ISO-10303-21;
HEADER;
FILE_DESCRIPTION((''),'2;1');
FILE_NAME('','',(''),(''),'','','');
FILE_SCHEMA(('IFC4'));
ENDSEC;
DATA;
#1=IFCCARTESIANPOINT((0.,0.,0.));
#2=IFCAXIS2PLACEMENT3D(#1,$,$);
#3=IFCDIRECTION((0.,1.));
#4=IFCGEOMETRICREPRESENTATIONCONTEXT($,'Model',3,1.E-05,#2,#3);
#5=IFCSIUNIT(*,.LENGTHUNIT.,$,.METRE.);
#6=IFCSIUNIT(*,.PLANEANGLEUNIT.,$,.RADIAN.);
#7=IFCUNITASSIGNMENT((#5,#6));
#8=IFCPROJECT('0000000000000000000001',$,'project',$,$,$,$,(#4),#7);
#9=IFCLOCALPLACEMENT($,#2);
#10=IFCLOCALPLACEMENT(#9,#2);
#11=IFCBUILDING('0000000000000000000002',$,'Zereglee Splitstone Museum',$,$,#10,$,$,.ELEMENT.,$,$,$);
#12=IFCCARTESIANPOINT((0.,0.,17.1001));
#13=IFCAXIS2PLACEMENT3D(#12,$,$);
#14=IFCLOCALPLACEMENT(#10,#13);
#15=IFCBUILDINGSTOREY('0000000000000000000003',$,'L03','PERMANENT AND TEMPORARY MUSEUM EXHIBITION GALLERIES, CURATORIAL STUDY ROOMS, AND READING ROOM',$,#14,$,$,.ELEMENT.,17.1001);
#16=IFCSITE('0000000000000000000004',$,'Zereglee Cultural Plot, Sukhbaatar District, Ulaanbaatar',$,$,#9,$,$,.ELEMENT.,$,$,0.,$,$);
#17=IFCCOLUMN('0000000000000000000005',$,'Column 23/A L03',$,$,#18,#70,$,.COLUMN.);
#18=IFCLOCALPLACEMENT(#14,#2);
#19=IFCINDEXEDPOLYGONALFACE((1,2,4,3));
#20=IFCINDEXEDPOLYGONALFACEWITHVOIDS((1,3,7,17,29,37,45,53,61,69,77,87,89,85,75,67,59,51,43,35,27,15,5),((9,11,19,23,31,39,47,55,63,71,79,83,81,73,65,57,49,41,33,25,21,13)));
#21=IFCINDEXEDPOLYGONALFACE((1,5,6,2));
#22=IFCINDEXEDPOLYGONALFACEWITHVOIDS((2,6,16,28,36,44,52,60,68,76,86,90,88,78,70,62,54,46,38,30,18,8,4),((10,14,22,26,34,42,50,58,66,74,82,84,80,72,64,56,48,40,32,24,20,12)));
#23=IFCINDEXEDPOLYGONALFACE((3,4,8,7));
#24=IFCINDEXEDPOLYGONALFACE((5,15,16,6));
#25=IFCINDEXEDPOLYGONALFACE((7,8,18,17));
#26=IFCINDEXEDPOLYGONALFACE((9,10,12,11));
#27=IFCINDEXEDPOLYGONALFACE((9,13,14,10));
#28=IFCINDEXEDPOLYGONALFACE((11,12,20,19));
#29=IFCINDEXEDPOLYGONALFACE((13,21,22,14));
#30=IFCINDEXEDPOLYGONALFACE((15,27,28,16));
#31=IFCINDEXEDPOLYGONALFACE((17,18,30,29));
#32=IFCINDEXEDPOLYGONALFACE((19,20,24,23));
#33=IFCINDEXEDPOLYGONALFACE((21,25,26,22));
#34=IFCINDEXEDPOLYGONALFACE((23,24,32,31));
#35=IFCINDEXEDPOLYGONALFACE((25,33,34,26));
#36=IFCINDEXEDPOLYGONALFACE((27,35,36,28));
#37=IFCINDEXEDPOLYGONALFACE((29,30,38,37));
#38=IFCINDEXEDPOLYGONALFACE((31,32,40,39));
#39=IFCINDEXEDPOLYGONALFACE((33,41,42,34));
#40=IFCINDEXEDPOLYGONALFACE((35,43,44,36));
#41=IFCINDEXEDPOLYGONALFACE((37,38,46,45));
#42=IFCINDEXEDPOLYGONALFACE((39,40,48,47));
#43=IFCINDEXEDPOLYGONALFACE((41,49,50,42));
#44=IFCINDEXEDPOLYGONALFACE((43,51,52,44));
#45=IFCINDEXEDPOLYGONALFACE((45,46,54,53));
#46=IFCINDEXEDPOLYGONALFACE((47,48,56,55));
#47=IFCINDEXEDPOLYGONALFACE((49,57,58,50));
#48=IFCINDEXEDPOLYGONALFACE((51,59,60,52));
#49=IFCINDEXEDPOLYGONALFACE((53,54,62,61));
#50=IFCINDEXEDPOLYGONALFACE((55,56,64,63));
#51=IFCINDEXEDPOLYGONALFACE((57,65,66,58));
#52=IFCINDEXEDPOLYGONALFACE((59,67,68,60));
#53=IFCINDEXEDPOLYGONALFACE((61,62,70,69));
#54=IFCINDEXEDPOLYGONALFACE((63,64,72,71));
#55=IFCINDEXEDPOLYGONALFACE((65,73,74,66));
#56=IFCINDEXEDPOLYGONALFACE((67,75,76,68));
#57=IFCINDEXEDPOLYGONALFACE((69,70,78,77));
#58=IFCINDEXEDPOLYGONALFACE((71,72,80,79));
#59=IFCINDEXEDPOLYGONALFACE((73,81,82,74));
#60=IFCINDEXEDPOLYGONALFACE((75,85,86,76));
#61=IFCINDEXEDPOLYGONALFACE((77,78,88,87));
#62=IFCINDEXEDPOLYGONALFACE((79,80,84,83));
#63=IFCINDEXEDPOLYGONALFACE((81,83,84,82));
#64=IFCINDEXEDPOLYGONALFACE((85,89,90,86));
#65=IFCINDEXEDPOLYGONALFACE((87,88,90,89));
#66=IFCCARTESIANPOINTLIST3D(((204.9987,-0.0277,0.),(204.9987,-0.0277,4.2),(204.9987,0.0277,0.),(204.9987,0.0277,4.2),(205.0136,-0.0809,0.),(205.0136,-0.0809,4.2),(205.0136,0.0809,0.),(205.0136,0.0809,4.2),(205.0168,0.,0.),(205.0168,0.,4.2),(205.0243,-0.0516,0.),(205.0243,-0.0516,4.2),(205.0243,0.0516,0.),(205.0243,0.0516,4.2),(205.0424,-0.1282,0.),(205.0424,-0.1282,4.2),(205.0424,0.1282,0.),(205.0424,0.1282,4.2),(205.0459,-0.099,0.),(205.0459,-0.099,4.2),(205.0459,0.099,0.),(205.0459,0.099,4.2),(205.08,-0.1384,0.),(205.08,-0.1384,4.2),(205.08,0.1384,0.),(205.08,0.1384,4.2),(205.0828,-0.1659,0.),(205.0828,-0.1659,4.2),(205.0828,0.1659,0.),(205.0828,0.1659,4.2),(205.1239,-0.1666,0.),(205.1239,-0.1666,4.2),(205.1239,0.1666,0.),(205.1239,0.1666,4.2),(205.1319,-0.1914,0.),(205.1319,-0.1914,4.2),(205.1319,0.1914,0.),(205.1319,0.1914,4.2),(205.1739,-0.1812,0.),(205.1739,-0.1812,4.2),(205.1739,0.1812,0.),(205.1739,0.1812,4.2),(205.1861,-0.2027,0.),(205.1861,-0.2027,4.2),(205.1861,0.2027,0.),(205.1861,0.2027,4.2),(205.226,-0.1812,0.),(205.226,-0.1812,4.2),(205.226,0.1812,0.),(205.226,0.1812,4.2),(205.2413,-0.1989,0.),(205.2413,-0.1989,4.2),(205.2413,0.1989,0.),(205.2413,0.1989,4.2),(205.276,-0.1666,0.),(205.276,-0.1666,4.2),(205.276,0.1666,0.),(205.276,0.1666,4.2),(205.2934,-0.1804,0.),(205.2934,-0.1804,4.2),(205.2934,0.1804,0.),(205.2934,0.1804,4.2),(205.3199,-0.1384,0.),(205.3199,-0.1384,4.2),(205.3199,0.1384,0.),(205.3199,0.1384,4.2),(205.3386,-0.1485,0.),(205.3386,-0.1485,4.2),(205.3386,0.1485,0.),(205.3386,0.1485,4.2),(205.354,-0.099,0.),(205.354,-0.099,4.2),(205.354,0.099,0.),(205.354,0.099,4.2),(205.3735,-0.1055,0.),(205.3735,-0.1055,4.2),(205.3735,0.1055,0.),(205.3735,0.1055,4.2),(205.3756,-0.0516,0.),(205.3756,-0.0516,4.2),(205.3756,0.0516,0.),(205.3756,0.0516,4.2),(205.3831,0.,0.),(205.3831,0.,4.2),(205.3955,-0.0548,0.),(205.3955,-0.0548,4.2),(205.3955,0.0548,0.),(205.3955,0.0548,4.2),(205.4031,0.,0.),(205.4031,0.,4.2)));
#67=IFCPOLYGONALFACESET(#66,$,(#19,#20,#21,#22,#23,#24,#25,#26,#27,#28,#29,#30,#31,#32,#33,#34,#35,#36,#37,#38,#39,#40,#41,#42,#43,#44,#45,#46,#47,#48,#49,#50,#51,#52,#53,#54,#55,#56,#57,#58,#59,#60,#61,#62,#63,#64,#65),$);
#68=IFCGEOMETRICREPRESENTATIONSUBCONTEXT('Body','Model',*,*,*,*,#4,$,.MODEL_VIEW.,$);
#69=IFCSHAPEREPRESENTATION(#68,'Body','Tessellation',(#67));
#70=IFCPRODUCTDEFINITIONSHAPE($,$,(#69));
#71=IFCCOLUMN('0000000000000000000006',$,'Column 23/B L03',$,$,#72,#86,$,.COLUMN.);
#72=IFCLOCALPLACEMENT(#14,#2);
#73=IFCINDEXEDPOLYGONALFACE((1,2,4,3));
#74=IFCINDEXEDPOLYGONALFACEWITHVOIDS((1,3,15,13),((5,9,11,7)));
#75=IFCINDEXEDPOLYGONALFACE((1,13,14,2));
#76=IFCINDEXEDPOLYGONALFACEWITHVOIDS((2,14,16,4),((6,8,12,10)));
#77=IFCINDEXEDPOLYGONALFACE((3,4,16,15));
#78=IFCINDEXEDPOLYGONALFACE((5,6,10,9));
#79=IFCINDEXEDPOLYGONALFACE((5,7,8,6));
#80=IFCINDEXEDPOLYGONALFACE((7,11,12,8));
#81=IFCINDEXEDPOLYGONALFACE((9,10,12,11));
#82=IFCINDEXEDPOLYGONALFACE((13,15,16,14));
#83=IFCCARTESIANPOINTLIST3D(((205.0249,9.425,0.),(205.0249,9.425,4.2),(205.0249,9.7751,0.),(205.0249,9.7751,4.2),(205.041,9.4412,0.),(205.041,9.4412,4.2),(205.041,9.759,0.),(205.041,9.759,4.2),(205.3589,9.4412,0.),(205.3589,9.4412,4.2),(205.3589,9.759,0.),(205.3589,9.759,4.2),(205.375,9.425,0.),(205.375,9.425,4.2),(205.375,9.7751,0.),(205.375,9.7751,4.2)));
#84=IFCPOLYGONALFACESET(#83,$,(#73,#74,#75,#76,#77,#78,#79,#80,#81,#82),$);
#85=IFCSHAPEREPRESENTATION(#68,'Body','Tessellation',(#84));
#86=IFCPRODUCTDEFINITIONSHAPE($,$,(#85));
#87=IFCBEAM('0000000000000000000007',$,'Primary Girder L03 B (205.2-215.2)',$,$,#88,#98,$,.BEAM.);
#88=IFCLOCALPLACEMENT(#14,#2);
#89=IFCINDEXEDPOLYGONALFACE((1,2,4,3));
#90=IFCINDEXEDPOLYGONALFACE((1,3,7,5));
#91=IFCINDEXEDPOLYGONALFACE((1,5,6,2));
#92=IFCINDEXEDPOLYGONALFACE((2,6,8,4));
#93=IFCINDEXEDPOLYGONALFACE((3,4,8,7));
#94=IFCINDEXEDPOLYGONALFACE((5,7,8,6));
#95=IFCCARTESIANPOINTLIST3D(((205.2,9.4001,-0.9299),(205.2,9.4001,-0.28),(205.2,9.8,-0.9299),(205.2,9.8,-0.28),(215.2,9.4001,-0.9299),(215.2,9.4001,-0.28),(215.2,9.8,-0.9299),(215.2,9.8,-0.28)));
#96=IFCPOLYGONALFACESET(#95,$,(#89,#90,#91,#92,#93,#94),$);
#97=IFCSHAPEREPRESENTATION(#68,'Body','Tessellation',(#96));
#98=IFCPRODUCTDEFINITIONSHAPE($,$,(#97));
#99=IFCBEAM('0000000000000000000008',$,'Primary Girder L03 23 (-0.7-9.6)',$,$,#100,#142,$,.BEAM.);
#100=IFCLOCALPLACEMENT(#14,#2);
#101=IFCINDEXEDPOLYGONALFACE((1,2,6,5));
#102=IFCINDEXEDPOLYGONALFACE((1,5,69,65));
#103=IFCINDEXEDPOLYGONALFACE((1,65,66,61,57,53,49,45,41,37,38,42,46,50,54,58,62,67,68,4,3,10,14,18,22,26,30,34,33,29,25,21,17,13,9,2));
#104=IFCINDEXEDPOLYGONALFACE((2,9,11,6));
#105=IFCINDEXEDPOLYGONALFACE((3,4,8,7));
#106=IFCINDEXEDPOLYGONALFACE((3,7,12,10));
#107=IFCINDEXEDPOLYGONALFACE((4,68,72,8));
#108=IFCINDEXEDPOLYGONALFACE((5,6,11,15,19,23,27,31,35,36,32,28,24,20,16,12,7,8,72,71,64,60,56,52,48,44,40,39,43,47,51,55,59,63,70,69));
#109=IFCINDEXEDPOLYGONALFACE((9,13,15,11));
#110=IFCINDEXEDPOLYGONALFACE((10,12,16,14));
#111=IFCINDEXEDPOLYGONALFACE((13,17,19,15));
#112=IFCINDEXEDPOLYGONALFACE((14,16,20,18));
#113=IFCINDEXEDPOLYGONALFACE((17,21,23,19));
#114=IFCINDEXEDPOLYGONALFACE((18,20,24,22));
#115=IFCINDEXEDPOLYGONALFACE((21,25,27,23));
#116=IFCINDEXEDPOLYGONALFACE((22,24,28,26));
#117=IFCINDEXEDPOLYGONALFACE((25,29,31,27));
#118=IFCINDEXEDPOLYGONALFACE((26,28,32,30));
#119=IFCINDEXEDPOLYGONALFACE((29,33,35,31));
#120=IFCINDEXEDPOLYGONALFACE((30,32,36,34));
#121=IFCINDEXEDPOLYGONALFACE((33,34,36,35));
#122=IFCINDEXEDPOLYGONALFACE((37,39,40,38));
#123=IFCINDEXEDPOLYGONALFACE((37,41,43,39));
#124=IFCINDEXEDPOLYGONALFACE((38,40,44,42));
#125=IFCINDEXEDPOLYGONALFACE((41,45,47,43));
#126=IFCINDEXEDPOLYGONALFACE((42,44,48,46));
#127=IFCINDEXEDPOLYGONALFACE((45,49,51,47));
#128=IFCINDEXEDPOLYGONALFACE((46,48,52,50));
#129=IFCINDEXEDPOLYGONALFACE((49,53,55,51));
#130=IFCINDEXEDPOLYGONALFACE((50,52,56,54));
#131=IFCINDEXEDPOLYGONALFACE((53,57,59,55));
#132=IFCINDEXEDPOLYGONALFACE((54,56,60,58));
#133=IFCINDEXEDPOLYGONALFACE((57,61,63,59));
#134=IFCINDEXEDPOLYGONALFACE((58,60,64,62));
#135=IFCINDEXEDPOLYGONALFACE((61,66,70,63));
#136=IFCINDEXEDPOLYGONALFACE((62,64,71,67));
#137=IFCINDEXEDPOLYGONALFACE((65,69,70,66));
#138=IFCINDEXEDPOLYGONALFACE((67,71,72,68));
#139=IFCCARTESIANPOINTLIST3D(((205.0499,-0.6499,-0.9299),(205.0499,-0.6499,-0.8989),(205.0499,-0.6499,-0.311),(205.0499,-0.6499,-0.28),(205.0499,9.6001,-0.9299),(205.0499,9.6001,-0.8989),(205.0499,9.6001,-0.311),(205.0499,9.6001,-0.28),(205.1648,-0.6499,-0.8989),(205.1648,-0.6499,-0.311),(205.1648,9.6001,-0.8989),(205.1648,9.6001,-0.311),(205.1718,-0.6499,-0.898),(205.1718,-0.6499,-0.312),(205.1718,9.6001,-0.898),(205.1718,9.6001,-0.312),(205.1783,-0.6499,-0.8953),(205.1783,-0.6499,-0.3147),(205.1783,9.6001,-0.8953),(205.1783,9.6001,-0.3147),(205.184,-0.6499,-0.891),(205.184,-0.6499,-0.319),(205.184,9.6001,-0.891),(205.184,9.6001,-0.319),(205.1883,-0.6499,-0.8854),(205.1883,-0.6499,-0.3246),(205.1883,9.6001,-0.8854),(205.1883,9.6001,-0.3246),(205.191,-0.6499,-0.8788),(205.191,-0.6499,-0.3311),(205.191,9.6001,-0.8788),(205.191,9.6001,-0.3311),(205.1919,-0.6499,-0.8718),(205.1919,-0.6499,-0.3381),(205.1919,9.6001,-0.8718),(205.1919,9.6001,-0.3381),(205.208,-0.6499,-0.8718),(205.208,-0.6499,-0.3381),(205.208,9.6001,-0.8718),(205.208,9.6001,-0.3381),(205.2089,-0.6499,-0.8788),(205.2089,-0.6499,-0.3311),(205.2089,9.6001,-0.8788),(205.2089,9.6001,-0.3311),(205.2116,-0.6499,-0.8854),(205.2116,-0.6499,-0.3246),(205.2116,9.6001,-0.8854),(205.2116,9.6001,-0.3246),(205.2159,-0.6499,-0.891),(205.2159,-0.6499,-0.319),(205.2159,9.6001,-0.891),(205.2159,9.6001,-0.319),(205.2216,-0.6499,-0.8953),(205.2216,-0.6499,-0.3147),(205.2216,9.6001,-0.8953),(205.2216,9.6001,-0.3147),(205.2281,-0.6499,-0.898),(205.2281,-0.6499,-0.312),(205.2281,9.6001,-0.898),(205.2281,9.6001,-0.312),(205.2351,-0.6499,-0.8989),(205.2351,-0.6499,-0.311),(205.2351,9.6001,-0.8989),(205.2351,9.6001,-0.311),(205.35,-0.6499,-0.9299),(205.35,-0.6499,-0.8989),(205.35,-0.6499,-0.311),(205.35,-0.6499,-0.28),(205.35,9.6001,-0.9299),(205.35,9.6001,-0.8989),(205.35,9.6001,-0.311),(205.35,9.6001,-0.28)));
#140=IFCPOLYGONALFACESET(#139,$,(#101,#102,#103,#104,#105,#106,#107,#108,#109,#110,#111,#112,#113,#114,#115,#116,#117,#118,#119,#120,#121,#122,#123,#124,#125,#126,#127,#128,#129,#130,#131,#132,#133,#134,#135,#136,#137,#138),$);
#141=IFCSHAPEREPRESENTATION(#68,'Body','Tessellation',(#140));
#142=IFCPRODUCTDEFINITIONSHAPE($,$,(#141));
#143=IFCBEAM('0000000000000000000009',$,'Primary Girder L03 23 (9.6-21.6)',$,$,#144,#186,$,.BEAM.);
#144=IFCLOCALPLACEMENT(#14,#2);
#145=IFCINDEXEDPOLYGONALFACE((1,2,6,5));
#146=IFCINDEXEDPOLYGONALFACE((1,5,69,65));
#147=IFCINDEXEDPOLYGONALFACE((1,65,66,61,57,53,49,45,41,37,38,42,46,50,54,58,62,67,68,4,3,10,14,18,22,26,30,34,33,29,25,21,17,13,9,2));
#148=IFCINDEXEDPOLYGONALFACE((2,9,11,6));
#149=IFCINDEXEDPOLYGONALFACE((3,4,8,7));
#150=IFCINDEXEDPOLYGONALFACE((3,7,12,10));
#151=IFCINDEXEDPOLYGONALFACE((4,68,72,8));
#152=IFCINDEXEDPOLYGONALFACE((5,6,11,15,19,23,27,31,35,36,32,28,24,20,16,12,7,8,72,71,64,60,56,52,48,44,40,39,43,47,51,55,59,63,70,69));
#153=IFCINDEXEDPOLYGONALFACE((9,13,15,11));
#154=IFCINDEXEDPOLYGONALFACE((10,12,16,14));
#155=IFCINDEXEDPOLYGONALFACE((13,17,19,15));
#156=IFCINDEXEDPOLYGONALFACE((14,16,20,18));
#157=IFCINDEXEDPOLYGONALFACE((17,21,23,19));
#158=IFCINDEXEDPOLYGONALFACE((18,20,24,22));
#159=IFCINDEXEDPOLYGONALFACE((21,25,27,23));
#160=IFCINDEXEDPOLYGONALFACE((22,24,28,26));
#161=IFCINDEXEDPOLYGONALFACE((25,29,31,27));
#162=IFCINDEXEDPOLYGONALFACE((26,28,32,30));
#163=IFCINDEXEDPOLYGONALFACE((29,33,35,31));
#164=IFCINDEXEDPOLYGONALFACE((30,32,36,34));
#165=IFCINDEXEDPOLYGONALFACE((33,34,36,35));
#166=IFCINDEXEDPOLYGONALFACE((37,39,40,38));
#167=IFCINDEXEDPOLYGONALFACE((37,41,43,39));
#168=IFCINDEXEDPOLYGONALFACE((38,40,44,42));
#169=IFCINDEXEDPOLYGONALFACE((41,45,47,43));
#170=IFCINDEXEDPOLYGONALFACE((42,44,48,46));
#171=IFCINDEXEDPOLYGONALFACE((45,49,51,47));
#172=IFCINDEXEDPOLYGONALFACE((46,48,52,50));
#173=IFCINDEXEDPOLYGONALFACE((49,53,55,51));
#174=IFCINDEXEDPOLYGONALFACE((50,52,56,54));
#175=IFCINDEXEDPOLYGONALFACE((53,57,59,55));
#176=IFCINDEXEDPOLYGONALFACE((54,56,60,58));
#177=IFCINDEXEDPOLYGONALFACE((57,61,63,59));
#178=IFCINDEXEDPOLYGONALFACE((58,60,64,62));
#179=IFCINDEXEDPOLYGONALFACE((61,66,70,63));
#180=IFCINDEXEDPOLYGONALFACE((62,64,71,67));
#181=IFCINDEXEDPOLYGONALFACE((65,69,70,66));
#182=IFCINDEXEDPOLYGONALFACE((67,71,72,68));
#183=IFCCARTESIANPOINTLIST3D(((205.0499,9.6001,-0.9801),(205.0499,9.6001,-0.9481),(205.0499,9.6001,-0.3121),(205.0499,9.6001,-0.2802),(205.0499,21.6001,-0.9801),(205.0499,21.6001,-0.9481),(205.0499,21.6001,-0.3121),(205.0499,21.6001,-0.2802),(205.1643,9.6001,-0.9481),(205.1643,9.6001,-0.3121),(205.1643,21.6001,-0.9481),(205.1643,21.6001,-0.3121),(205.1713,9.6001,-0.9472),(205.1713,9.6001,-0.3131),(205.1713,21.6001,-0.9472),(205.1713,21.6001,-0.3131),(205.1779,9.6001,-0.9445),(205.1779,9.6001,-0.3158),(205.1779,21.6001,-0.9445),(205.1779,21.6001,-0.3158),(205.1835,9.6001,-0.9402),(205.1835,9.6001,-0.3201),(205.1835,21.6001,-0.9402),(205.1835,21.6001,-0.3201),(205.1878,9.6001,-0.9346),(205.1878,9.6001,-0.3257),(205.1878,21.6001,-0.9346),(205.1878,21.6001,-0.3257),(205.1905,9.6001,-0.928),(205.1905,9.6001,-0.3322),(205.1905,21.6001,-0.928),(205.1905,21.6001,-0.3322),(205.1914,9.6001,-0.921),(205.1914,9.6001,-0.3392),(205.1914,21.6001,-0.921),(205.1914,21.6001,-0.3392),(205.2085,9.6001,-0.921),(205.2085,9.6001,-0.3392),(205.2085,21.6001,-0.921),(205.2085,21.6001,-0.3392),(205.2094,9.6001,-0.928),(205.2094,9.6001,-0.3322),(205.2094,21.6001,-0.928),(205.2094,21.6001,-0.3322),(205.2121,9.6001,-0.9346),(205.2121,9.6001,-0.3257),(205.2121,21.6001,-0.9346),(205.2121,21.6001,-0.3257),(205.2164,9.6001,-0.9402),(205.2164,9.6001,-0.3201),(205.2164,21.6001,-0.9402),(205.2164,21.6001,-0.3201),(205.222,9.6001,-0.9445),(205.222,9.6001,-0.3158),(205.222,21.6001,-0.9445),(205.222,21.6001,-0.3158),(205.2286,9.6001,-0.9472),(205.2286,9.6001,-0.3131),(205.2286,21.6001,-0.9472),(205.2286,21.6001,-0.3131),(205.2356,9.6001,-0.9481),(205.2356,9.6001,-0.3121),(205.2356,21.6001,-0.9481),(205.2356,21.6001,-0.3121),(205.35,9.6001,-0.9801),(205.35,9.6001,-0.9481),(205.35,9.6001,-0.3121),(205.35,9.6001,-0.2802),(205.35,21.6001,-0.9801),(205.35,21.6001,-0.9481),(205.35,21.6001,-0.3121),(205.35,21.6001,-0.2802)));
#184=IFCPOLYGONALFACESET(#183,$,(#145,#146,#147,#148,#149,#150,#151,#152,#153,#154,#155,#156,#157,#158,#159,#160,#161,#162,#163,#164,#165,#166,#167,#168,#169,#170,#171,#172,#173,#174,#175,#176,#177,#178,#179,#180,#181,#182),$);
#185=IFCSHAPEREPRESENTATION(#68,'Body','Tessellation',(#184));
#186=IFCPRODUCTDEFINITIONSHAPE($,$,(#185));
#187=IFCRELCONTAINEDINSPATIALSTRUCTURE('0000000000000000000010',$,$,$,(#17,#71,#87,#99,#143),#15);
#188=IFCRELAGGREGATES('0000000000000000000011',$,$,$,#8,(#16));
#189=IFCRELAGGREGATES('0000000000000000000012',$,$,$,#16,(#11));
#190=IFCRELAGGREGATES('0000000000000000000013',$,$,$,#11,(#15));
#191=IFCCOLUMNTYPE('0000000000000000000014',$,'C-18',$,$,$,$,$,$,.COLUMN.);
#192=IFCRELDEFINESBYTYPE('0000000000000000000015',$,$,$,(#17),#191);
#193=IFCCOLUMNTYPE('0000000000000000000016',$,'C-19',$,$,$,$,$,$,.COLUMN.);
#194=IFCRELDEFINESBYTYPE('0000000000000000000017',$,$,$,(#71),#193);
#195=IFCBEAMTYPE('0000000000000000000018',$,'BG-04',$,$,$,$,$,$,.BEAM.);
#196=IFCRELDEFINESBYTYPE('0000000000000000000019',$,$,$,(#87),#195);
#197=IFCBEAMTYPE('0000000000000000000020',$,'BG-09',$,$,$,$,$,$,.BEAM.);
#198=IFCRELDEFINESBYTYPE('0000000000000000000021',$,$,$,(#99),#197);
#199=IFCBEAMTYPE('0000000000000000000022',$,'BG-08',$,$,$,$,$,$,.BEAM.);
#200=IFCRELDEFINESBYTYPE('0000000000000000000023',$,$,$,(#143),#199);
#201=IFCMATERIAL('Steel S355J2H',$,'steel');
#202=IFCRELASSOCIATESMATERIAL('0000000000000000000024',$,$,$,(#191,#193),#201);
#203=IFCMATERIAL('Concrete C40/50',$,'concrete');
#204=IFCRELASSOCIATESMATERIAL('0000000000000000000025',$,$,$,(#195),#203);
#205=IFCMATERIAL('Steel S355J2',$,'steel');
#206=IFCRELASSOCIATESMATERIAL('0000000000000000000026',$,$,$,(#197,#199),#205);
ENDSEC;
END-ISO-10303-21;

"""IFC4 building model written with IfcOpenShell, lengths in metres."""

from ifc_helpers import new_model, si_unit, direction, frame, origin, origin_2d, place, context, subcontext, project, spatial, rectangle, hollow_rectangle, hollow_circle, i_section, extrude, material, material_profile, profile_set, type_object, element, save


model = new_model("IFC4")

# Units and contexts
model_context = context("Model", 3, precision=1e-05, world=origin(), true_north=direction((0.0, 1.0)))
body_context = subcontext(model_context, "Body", "Model", "MODEL_VIEW")
ifc_project = project(units=[si_unit("LENGTHUNIT", "METRE"), si_unit("PLANEANGLEUNIT", "RADIAN")], contexts=[model_context])

# Site, building, storey
site_placement = place(None, origin())
site = spatial("IfcSite", under=ifc_project, at=site_placement, Name="Zereglee Cultural Plot, Sukhbaatar District, Ulaanbaatar", CompositionType="ELEMENT", RefElevation=0.0)
building_placement = place(site_placement, origin())
building = spatial("IfcBuilding", under=site, at=building_placement, Name="Zereglee Splitstone Museum", CompositionType="ELEMENT")
storey_placement = place(building_placement, frame((0.0, 0.0, 17.1001)))
storey = spatial("IfcBuildingStorey", under=building, at=storey_placement, Name="L03", Description="PERMANENT AND TEMPORARY MUSEUM EXHIBITION GALLERIES, CURATORIAL STUDY ROOMS, AND READING ROOM", CompositionType="ELEMENT", Elevation=17.1001)

# Columns
ifc_material_1 = material(Name="Steel S355J2H", Category="steel")
ifc_material_profile_1 = material_profile(ifc_material_1, hollow_circle(Radius=0.2031, WallThickness=0.02, at=origin_2d()), Name="CHS 406.4x20")
ifc_profile_set_1 = profile_set([ifc_material_profile_1], Name="Steel S355J2H")
column_type_1 = type_object("IfcColumnType", Name="C-18", PredefinedType="COLUMN", material=ifc_profile_set_1)
column_1_placement = place(storey_placement, frame((205.2, 0.0, 0.0), z_axis=(0.0, 0.0, 1.0), x_axis=(1.0, 0.0, 0.0)))
element("IfcColumn", 1, at=column_1_placement, inside=storey, type_object=column_type_1, Name="Column 23/A L03", PredefinedType="COLUMN", context=body_context, shape_type="SweptSolid", body=[
    extrude(hollow_circle(Radius=0.2031, WallThickness=0.02, at=origin_2d()), origin(), (0.0, 0.0, 1.0), 4.2),
])
ifc_material_profile_2 = material_profile(ifc_material_1, hollow_rectangle(XDim=0.3501, YDim=0.3501, WallThickness=0.0161, at=origin_2d()), Name="SHS 350x350x16")
ifc_profile_set_2 = profile_set([ifc_material_profile_2], Name="Steel S355J2H")
column_type_2 = type_object("IfcColumnType", Name="C-19", PredefinedType="COLUMN", material=ifc_profile_set_2)
column_2_placement = place(storey_placement, frame((205.2, 9.6001, 0.0), z_axis=(0.0, 0.0, 1.0), x_axis=(1.0, 0.0, 0.0)))
element("IfcColumn", 2, at=column_2_placement, inside=storey, type_object=column_type_2, Name="Column 23/B L03", PredefinedType="COLUMN", context=body_context, shape_type="SweptSolid", body=[
    extrude(hollow_rectangle(XDim=0.3501, YDim=0.3501, WallThickness=0.0161, at=origin_2d()), origin(), (0.0, 0.0, 1.0), 4.2),
])

# Beams
ifc_material_2 = material(Name="Concrete C40/50", Category="concrete")
ifc_material_profile_3 = material_profile(ifc_material_2, rectangle(XDim=0.3999, YDim=0.6499, at=origin_2d()), Name="RC 400x650")
ifc_profile_set_3 = profile_set([ifc_material_profile_3], Name="Concrete C40/50")
beam_type_1 = type_object("IfcBeamType", Name="BG-04", PredefinedType="BEAM", material=ifc_profile_set_3)
beam_1_placement = place(storey_placement, frame((205.2, 9.6001, -0.605), z_axis=(1.0, 0.0, 0.0), x_axis=(0.0, 1.0, 0.0)))
element("IfcBeam", 3, at=beam_1_placement, inside=storey, type_object=beam_type_1, Name="Primary Girder L03 B (205.2-215.2)", PredefinedType="BEAM", context=body_context, shape_type="SweptSolid", body=[
    extrude(rectangle(XDim=0.3999, YDim=0.6499, at=origin_2d()), origin(), (0.0, 0.0, 1.0), 10.0),
])
ifc_material_3 = material(Name="Steel S355J2", Category="steel")
ifc_material_profile_4 = material_profile(ifc_material_3, i_section(OverallWidth=0.3, OverallDepth=0.6499, WebThickness=0.0161, FlangeThickness=0.031, FilletRadius=0.0271, at=origin_2d()), Name="HE 650 B")
ifc_profile_set_4 = profile_set([ifc_material_profile_4], Name="Steel S355J2")
beam_type_2 = type_object("IfcBeamType", Name="BG-09", PredefinedType="BEAM", material=ifc_profile_set_4)
beam_2_placement = place(storey_placement, frame((205.2, -0.6499, -0.605), z_axis=(0.0, 1.0, 0.0), x_axis=(-1.0, 0.0, 0.0)))
element("IfcBeam", 4, at=beam_2_placement, inside=storey, type_object=beam_type_2, Name="Primary Girder L03 23 (-0.7-9.6)", PredefinedType="BEAM", context=body_context, shape_type="SweptSolid", body=[
    extrude(i_section(OverallWidth=0.3, OverallDepth=0.6499, WebThickness=0.0161, FlangeThickness=0.031, FilletRadius=0.0271, at=origin_2d()), origin(), (0.0, 0.0, 1.0), 10.25),
])
ifc_material_profile_5 = material_profile(ifc_material_3, i_section(OverallWidth=0.3, OverallDepth=0.7, WebThickness=0.0171, FlangeThickness=0.032, FilletRadius=0.0271, at=origin_2d()), Name="HE 700 B")
ifc_profile_set_5 = profile_set([ifc_material_profile_5], Name="Steel S355J2")
beam_type_3 = type_object("IfcBeamType", Name="BG-08", PredefinedType="BEAM", material=ifc_profile_set_5)
beam_3_placement = place(storey_placement, frame((205.2, 9.6001, -0.6301), z_axis=(0.0, 1.0, 0.0), x_axis=(-1.0, 0.0, 0.0)))
element("IfcBeam", 5, at=beam_3_placement, inside=storey, type_object=beam_type_3, Name="Primary Girder L03 23 (9.6-21.6)", PredefinedType="BEAM", context=body_context, shape_type="SweptSolid", body=[
    extrude(i_section(OverallWidth=0.3, OverallDepth=0.7, WebThickness=0.0171, FlangeThickness=0.032, FilletRadius=0.0271, at=origin_2d()), origin(), (0.0, 0.0, 1.0), 12.0),
])

save(model, "model.ifc")
